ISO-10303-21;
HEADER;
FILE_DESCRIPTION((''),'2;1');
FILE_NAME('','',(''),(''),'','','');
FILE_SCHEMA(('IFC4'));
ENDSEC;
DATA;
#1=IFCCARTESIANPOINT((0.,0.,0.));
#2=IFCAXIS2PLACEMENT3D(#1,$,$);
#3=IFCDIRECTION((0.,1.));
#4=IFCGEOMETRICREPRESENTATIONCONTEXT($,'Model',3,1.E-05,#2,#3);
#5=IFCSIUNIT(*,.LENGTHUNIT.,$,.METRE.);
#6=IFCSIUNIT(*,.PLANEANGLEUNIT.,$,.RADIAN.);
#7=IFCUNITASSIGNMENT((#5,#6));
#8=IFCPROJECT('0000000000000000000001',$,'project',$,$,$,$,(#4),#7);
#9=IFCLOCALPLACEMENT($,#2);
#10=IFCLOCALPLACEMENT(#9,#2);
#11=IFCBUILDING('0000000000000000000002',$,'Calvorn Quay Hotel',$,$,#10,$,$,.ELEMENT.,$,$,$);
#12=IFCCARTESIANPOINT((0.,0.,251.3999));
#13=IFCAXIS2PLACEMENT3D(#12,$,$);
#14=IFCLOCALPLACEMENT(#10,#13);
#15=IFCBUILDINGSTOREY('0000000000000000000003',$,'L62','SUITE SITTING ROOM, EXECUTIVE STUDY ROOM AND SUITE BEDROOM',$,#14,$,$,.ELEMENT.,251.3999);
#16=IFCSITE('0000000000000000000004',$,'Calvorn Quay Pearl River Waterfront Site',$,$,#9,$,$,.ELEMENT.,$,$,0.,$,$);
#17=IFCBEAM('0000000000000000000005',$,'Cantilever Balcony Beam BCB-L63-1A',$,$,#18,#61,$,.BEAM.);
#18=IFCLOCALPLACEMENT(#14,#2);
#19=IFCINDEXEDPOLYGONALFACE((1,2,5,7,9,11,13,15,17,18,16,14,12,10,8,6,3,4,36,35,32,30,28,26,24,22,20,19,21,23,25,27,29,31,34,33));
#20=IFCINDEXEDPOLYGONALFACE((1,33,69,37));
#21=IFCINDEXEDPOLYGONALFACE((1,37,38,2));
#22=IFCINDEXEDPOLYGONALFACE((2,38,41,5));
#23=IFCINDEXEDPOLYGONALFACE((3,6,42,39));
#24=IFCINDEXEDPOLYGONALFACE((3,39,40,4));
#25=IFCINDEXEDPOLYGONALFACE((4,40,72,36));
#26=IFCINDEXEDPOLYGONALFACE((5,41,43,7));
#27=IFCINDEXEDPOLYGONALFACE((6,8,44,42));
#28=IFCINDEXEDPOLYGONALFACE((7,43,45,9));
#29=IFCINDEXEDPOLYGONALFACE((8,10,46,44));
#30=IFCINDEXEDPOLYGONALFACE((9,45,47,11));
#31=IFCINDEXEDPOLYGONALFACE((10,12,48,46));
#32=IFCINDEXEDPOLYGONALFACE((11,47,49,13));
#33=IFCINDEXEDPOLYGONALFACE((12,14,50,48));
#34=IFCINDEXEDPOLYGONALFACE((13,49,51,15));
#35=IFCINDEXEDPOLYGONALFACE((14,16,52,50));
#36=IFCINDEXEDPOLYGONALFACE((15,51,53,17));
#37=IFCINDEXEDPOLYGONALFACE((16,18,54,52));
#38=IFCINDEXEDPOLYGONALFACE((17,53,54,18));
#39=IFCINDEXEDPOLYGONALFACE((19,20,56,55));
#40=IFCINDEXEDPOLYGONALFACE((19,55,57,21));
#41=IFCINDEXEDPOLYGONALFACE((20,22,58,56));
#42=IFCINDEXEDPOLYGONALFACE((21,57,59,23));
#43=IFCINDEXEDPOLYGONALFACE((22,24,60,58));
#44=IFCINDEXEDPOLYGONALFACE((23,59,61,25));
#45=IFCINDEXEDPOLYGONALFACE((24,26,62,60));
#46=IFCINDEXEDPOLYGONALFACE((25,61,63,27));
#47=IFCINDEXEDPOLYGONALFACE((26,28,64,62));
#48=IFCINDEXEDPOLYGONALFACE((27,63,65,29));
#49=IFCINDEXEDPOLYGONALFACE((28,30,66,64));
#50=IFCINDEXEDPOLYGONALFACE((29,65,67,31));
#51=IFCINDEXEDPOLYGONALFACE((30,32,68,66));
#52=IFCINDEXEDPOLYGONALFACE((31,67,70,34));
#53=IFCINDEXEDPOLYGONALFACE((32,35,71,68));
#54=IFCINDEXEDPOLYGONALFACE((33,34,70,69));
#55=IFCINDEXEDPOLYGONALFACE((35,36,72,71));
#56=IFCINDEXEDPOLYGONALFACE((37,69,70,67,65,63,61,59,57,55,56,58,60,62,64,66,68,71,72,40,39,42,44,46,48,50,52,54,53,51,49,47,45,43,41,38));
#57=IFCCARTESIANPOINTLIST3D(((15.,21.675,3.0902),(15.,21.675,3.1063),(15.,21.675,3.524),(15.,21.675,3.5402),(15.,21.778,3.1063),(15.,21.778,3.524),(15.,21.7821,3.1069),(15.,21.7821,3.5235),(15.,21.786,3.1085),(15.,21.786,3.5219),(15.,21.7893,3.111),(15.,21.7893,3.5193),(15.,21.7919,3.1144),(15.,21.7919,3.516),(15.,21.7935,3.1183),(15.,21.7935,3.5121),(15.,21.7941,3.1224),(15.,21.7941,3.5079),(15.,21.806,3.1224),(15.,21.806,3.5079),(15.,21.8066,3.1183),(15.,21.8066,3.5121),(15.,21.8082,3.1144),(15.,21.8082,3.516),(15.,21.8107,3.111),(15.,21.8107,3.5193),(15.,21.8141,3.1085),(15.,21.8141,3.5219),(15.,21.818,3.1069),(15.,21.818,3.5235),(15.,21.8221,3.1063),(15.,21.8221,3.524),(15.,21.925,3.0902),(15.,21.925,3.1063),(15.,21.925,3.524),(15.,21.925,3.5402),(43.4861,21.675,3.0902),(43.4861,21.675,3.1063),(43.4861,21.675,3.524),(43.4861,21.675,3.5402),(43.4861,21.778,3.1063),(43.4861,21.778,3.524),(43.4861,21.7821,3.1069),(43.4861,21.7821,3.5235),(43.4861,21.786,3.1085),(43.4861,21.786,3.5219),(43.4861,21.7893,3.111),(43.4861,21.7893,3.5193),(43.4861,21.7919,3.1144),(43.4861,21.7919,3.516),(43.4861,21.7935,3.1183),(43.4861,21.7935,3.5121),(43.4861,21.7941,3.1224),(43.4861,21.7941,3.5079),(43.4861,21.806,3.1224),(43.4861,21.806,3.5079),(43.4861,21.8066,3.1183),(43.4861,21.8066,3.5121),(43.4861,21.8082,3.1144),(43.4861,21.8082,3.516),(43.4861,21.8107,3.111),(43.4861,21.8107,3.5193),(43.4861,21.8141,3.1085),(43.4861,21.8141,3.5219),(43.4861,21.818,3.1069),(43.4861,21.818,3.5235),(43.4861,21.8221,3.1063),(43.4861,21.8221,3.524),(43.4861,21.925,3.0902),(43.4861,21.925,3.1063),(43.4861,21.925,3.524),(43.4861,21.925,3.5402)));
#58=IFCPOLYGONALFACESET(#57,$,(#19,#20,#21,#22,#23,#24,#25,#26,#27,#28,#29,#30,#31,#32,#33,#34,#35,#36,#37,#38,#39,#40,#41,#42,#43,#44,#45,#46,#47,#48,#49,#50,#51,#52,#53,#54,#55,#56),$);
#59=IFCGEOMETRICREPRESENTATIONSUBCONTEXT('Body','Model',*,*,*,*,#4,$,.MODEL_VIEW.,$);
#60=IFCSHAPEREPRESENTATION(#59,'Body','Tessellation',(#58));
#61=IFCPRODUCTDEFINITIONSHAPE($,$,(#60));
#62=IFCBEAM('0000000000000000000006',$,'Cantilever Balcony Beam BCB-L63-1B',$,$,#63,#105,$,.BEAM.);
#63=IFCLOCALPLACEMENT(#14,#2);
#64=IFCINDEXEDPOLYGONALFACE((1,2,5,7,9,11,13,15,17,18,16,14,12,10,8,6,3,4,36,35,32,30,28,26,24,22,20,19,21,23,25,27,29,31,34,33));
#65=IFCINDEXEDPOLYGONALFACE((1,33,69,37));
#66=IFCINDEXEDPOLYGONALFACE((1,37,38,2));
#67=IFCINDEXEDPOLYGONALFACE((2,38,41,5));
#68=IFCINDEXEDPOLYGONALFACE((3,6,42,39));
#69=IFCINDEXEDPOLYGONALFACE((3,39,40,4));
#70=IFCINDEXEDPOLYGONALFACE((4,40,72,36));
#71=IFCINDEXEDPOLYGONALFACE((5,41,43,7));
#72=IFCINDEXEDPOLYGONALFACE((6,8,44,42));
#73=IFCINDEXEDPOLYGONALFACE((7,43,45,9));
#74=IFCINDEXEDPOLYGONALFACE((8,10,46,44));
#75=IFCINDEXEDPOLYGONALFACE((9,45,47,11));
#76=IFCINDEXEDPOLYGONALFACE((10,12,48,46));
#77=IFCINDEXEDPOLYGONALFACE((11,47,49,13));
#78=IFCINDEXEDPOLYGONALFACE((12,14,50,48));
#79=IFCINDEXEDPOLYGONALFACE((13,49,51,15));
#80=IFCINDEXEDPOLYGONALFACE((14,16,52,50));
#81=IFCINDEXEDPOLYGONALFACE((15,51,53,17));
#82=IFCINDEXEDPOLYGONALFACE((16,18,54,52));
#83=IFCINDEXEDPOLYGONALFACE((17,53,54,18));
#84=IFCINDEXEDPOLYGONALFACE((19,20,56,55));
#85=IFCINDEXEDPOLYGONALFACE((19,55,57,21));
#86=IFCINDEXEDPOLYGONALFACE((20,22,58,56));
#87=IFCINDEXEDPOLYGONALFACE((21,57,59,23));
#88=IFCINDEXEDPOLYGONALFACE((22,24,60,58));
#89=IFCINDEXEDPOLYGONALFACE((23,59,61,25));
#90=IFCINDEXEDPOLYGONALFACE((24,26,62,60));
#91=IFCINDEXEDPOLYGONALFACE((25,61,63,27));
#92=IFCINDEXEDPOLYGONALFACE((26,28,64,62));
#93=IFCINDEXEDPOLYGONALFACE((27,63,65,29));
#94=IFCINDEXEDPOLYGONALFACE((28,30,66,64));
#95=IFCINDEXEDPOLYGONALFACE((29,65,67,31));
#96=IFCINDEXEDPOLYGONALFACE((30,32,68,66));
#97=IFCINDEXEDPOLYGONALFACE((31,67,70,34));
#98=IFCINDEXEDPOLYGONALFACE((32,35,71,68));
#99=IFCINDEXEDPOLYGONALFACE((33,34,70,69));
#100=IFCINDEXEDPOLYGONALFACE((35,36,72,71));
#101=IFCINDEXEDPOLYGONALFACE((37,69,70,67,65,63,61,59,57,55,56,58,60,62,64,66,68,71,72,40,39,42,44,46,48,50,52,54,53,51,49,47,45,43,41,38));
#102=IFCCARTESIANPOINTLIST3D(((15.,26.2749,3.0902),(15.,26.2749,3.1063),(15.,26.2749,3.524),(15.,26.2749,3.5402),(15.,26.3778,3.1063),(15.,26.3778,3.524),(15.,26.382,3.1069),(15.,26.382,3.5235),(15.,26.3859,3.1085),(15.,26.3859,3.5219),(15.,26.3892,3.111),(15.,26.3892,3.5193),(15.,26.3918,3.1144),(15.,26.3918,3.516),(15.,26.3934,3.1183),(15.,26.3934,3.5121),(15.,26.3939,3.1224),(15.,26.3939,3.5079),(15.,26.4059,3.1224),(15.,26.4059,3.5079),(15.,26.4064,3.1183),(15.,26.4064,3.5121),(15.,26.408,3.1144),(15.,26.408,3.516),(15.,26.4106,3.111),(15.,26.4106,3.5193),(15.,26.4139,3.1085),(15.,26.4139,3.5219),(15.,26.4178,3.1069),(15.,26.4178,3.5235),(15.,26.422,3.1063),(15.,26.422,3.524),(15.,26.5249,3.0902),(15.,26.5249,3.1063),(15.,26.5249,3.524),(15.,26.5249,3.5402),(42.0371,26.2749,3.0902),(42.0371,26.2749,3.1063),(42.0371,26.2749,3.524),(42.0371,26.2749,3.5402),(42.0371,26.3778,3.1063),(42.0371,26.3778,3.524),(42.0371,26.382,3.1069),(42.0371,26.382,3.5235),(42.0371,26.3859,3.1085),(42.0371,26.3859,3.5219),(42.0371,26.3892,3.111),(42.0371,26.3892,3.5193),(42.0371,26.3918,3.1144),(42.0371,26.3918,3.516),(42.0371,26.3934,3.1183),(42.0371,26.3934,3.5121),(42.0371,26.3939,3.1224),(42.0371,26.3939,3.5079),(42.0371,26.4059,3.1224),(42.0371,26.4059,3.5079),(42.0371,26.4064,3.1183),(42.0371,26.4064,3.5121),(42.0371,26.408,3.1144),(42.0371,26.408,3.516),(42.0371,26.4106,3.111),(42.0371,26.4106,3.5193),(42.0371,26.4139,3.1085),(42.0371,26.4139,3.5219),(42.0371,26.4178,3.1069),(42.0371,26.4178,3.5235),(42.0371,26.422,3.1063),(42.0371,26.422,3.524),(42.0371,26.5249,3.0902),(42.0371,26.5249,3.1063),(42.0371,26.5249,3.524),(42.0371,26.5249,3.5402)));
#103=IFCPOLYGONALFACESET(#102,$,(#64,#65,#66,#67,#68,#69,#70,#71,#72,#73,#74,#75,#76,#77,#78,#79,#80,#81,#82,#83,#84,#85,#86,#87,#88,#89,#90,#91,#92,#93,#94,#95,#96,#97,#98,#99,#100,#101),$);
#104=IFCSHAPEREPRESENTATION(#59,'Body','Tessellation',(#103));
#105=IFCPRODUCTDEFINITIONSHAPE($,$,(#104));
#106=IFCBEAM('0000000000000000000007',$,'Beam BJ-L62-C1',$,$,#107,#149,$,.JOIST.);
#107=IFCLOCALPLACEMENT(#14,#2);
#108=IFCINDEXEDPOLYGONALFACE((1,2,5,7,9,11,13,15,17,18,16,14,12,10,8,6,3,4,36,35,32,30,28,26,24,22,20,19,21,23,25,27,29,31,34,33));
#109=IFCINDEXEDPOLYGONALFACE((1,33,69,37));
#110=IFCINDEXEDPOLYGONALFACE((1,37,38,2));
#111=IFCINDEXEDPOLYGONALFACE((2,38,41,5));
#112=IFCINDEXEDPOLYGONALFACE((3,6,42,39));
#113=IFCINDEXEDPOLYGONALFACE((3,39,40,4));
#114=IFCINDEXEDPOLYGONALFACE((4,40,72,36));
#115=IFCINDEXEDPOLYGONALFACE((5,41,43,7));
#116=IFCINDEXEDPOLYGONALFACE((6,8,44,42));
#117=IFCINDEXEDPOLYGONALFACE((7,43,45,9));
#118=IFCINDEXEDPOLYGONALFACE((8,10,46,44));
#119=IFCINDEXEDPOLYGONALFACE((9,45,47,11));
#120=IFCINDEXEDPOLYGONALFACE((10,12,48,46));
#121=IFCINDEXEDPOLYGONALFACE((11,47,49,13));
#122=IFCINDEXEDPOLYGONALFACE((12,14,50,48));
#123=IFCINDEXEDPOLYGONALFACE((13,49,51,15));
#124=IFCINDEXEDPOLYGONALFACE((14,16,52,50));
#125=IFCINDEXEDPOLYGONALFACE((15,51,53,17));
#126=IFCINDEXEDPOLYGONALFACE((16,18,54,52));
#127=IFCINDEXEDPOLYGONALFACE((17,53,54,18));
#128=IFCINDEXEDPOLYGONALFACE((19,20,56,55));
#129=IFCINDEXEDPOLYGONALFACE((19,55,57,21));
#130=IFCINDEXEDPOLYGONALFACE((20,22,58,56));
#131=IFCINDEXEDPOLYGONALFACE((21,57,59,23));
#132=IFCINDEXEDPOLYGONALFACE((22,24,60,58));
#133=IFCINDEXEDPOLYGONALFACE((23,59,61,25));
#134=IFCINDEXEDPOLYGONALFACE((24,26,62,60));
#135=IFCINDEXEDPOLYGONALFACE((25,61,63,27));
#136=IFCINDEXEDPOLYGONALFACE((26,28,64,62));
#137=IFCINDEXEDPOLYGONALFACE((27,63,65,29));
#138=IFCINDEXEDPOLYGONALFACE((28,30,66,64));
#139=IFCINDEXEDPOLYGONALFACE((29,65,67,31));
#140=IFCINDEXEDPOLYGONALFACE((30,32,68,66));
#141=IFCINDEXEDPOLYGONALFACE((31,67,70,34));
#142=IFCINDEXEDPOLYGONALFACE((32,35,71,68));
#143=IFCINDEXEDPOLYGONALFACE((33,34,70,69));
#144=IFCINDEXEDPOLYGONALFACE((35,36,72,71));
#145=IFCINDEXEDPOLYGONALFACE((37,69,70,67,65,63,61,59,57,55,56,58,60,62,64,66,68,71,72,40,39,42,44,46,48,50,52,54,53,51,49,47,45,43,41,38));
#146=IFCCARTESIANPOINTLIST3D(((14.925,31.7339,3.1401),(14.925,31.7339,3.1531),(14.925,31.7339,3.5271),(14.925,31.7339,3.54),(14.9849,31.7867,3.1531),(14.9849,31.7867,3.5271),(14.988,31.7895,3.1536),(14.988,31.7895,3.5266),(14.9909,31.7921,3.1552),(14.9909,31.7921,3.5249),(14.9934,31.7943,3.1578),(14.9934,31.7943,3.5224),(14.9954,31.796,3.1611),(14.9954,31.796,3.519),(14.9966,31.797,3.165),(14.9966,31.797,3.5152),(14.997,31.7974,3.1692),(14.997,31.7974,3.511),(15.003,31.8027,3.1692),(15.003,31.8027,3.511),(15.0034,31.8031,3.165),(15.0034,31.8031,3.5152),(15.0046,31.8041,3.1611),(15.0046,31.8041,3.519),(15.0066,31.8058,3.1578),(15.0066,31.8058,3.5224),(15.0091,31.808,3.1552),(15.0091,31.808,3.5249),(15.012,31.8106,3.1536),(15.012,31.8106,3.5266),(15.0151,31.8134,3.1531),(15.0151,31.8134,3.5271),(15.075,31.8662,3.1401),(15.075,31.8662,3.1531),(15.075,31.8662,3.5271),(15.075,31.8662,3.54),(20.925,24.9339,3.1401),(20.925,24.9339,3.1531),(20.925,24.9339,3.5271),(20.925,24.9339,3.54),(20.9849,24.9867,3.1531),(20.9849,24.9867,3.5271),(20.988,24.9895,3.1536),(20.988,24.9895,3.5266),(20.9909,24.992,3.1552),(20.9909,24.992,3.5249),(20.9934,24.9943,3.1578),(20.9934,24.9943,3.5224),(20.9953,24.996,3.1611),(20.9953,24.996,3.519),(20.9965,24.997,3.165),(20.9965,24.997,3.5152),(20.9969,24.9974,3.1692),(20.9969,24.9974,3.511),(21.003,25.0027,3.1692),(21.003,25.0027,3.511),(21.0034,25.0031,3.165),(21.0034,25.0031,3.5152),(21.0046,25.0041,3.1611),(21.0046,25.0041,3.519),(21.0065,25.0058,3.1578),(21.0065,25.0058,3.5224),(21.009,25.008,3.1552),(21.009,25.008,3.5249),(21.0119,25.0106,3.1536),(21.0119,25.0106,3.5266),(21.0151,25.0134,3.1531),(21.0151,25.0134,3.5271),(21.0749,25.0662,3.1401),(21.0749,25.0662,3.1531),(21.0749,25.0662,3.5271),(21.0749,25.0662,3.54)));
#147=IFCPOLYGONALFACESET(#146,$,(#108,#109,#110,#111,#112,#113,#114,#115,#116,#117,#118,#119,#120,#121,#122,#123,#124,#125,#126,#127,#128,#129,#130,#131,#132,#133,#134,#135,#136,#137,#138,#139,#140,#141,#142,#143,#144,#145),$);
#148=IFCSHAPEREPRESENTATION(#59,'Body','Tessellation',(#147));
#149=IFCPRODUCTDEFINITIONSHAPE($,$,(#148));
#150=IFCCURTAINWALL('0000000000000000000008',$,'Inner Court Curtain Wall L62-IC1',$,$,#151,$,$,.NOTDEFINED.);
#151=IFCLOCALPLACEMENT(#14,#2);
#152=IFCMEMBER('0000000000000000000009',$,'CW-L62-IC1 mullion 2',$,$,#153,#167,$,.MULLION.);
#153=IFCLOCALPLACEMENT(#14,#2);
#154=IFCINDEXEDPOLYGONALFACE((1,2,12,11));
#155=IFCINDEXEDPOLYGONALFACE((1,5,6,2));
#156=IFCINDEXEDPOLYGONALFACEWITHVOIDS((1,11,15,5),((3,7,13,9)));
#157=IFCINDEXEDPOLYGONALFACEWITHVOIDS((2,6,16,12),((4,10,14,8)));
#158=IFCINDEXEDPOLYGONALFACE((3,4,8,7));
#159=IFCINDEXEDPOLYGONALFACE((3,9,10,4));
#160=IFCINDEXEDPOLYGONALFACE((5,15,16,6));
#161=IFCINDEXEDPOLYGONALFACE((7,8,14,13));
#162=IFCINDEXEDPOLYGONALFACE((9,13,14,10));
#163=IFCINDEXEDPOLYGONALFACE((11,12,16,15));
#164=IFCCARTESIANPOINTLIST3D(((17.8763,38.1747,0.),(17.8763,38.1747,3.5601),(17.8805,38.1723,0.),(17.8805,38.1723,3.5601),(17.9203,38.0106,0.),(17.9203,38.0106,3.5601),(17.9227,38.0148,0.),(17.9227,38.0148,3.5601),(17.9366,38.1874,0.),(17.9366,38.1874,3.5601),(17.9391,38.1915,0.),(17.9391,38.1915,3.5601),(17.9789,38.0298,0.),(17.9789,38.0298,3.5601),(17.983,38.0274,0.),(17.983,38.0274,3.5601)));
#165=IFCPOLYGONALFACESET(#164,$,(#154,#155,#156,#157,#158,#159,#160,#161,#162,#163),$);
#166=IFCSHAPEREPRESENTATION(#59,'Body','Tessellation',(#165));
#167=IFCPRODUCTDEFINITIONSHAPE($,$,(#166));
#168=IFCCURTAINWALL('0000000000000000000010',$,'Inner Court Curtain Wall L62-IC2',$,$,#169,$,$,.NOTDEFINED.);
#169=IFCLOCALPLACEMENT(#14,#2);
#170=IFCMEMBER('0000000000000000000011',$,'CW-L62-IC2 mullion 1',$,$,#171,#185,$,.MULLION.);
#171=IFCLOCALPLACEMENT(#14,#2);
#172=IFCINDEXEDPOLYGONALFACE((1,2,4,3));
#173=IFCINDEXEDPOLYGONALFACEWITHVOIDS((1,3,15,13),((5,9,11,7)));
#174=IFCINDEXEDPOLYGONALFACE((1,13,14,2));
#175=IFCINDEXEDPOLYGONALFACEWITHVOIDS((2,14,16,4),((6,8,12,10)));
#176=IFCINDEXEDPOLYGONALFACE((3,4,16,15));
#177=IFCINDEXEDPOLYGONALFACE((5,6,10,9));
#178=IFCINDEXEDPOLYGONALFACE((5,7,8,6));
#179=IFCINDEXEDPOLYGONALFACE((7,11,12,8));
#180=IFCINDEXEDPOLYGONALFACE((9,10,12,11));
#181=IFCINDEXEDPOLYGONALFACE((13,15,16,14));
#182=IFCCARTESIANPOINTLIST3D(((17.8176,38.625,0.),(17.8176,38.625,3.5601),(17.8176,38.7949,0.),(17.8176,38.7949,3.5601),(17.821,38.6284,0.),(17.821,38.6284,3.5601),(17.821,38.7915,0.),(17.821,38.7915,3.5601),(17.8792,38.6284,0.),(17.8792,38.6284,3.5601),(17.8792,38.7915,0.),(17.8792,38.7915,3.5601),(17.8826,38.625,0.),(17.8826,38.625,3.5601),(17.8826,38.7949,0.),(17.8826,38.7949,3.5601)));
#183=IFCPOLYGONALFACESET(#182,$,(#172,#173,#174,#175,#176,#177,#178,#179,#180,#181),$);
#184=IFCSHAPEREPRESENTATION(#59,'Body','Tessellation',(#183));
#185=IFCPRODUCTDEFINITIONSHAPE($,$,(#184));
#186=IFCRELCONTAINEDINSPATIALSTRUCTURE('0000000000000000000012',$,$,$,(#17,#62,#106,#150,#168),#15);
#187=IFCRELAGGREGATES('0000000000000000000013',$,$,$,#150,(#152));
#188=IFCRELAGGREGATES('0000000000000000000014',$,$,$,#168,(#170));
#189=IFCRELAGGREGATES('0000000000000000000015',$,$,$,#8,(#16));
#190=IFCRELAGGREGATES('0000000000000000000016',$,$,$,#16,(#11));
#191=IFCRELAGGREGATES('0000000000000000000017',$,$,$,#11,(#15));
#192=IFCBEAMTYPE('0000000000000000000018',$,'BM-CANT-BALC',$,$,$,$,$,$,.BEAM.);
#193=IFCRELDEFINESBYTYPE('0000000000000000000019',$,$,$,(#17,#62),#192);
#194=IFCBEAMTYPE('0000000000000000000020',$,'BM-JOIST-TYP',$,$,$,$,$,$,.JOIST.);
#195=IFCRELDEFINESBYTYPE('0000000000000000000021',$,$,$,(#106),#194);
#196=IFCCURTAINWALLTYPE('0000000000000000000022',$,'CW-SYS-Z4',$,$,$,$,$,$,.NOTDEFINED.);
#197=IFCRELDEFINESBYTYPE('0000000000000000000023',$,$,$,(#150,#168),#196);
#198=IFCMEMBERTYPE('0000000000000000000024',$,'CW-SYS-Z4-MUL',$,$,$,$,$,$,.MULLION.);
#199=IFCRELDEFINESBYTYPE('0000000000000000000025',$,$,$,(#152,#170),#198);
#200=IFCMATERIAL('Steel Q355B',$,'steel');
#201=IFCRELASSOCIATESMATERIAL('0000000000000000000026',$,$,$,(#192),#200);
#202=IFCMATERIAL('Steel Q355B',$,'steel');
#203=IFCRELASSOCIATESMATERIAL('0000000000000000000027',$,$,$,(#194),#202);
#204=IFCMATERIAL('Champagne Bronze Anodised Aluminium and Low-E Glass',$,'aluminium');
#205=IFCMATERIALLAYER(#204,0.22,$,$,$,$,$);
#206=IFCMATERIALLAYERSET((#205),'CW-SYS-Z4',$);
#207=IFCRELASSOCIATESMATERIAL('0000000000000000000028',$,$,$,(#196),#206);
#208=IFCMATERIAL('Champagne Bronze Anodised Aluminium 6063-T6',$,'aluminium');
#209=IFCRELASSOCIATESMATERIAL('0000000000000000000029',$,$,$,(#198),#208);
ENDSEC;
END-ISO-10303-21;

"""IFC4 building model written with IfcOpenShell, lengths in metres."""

from ifc_helpers import new_model, si_unit, direction, frame, origin, origin_2d, place, context, subcontext, project, spatial, hollow_rectangle, i_section, extrude, material, layer, layer_set, material_profile, profile_set, type_object, element, aggregate, save


model = new_model("IFC4")

# Units and contexts
model_context = context("Model", 3, precision=1e-05, world=origin(), true_north=direction((0.0, 1.0)))
body_context = subcontext(model_context, "Body", "Model", "MODEL_VIEW")
ifc_project = project(units=[si_unit("LENGTHUNIT", "METRE"), si_unit("PLANEANGLEUNIT", "RADIAN")], contexts=[model_context])

# Site, building, storey
site_placement = place(None, origin())
site = spatial("IfcSite", under=ifc_project, at=site_placement, Name="Calvorn Quay Pearl River Waterfront Site", CompositionType="ELEMENT", RefElevation=0.0)
building_placement = place(site_placement, origin())
building = spatial("IfcBuilding", under=site, at=building_placement, Name="Calvorn Quay Hotel", CompositionType="ELEMENT")
storey_placement = place(building_placement, frame((0.0, 0.0, 251.3999)))
storey = spatial("IfcBuildingStorey", under=building, at=storey_placement, Name="L62", Description="SUITE SITTING ROOM, EXECUTIVE STUDY ROOM AND SUITE BEDROOM", CompositionType="ELEMENT", Elevation=251.3999)

# Beams
ifc_material_1 = material(Name="Steel Q355B", Category="steel")
ifc_material_profile_1 = material_profile(ifc_material_1, i_section(OverallWidth=0.25, OverallDepth=0.45, WebThickness=0.012, FlangeThickness=0.0161, FilletRadius=0.0161, at=origin_2d()), Name="HN450x250x12x16")
ifc_profile_set_1 = profile_set([ifc_material_profile_1], Name="Steel Q355B")
beam_type_1 = type_object("IfcBeamType", Name="BM-CANT-BALC", PredefinedType="BEAM", material=ifc_profile_set_1)
beam_1_placement = place(storey_placement, frame((15.0, 21.8, 3.3152), z_axis=(1.0, 0.0, 0.0), x_axis=(0.0, 1.0, 0.0)))
element("IfcBeam", 1, at=beam_1_placement, inside=storey, type_object=beam_type_1, Name="Cantilever Balcony Beam BCB-L63-1A", PredefinedType="BEAM", context=body_context, shape_type="SweptSolid", body=[
    extrude(i_section(OverallWidth=0.25, OverallDepth=0.45, WebThickness=0.012, FlangeThickness=0.0161, FilletRadius=0.0161, at=origin_2d()), origin(), (0.0, 0.0, 1.0), 28.4861),
])
beam_2_placement = place(storey_placement, frame((15.0, 26.3999, 3.3152), z_axis=(1.0, 0.0, 0.0), x_axis=(0.0, 1.0, 0.0)))
element("IfcBeam", 2, at=beam_2_placement, inside=storey, type_object=beam_type_1, Name="Cantilever Balcony Beam BCB-L63-1B", PredefinedType="BEAM", context=body_context, shape_type="SweptSolid", body=[
    extrude(i_section(OverallWidth=0.25, OverallDepth=0.45, WebThickness=0.012, FlangeThickness=0.0161, FilletRadius=0.0161, at=origin_2d()), origin(), (0.0, 0.0, 1.0), 27.0371),
])
ifc_material_2 = material(Name="Steel Q355B", Category="steel")
ifc_material_profile_2 = material_profile(ifc_material_2, i_section(OverallWidth=0.2, OverallDepth=0.3999, WebThickness=0.0081, FlangeThickness=0.0129, FilletRadius=0.0161, at=origin_2d()), Name="HN400x200x8x13")
ifc_profile_set_2 = profile_set([ifc_material_profile_2], Name="Steel Q355B")
beam_type_2 = type_object("IfcBeamType", Name="BM-JOIST-TYP", PredefinedType="JOIST", material=ifc_profile_set_2)
beam_3_placement = place(storey_placement, frame((15.0, 31.8, 3.3401), z_axis=(0.661619, -0.74984, 0.0), x_axis=(0.74984, 0.661619, 0.0)))
element("IfcBeam", 3, at=beam_3_placement, inside=storey, type_object=beam_type_2, Name="Beam BJ-L62-C1", PredefinedType="JOIST", context=body_context, shape_type="SweptSolid", body=[
    extrude(i_section(OverallWidth=0.2, OverallDepth=0.3999, WebThickness=0.0081, FlangeThickness=0.0129, FilletRadius=0.0161, at=origin_2d()), origin(), (0.0, 0.0, 1.0), 9.0686),
])

# Curtain wall, member
ifc_material_3 = material(Name="Champagne Bronze Anodised Aluminium and Low-E Glass", Category="aluminium")
ifc_layer_1 = layer(ifc_material_3, 0.22)
ifc_layer_set_1 = layer_set([ifc_layer_1], Name="CW-SYS-Z4")
curtain_wall_type = type_object("IfcCurtainWallType", Name="CW-SYS-Z4", PredefinedType="NOTDEFINED", material=ifc_layer_set_1)
curtain_wall_1_placement = place(storey_placement, origin())
curtain_wall_1 = element("IfcCurtainWall", 4, at=curtain_wall_1_placement, inside=storey, type_object=curtain_wall_type, Name="Inner Court Curtain Wall L62-IC1", PredefinedType="NOTDEFINED")
ifc_material_4 = material(Name="Champagne Bronze Anodised Aluminium 6063-T6", Category="aluminium")
ifc_material_profile_3 = material_profile(ifc_material_4, hollow_rectangle(XDim=0.0649, YDim=0.1699, WallThickness=0.0034, at=origin_2d()), Name="ALU-M170x65x3.5")
ifc_profile_set_3 = profile_set([ifc_material_profile_3], Name="Champagne Bronze Anodised Aluminium 6063-T6")
member_type_1 = type_object("IfcMemberType", Name="CW-SYS-Z4-MUL", PredefinedType="MULLION", material=ifc_profile_set_3)
member_1_placement = place(storey_placement, frame((17.9297, 38.1011, 0.0), z_axis=(0.0, 0.0, 1.0), x_axis=(-0.965937, -0.258779, 0.0)))
member_1 = element("IfcMember", 5, at=member_1_placement, type_object=member_type_1, Name="CW-L62-IC1 mullion 2", PredefinedType="MULLION", context=body_context, shape_type="SweptSolid", body=[
    extrude(hollow_rectangle(XDim=0.0649, YDim=0.1699, WallThickness=0.0034, at=origin_2d()), origin(), (0.0, 0.0, 1.0), 3.5601),
])
aggregate(curtain_wall_1, [member_1])

# Curtain wall, member
curtain_wall_2_placement = place(storey_placement, origin())
curtain_wall_2 = element("IfcCurtainWall", 6, at=curtain_wall_2_placement, inside=storey, type_object=curtain_wall_type, Name="Inner Court Curtain Wall L62-IC2", PredefinedType="NOTDEFINED")
member_2_placement = place(storey_placement, frame((17.8501, 38.71, 0.0), z_axis=(0.0, 0.0, 1.0), x_axis=(-1.0, 0.0, 0.0)))
member_2 = element("IfcMember", 7, at=member_2_placement, type_object=member_type_1, Name="CW-L62-IC2 mullion 1", PredefinedType="MULLION", context=body_context, shape_type="SweptSolid", body=[
    extrude(hollow_rectangle(XDim=0.0649, YDim=0.1699, WallThickness=0.0034, at=origin_2d()), origin(), (0.0, 0.0, 1.0), 3.5601),
])
aggregate(curtain_wall_2, [member_2])

save(model, "model.ifc")
